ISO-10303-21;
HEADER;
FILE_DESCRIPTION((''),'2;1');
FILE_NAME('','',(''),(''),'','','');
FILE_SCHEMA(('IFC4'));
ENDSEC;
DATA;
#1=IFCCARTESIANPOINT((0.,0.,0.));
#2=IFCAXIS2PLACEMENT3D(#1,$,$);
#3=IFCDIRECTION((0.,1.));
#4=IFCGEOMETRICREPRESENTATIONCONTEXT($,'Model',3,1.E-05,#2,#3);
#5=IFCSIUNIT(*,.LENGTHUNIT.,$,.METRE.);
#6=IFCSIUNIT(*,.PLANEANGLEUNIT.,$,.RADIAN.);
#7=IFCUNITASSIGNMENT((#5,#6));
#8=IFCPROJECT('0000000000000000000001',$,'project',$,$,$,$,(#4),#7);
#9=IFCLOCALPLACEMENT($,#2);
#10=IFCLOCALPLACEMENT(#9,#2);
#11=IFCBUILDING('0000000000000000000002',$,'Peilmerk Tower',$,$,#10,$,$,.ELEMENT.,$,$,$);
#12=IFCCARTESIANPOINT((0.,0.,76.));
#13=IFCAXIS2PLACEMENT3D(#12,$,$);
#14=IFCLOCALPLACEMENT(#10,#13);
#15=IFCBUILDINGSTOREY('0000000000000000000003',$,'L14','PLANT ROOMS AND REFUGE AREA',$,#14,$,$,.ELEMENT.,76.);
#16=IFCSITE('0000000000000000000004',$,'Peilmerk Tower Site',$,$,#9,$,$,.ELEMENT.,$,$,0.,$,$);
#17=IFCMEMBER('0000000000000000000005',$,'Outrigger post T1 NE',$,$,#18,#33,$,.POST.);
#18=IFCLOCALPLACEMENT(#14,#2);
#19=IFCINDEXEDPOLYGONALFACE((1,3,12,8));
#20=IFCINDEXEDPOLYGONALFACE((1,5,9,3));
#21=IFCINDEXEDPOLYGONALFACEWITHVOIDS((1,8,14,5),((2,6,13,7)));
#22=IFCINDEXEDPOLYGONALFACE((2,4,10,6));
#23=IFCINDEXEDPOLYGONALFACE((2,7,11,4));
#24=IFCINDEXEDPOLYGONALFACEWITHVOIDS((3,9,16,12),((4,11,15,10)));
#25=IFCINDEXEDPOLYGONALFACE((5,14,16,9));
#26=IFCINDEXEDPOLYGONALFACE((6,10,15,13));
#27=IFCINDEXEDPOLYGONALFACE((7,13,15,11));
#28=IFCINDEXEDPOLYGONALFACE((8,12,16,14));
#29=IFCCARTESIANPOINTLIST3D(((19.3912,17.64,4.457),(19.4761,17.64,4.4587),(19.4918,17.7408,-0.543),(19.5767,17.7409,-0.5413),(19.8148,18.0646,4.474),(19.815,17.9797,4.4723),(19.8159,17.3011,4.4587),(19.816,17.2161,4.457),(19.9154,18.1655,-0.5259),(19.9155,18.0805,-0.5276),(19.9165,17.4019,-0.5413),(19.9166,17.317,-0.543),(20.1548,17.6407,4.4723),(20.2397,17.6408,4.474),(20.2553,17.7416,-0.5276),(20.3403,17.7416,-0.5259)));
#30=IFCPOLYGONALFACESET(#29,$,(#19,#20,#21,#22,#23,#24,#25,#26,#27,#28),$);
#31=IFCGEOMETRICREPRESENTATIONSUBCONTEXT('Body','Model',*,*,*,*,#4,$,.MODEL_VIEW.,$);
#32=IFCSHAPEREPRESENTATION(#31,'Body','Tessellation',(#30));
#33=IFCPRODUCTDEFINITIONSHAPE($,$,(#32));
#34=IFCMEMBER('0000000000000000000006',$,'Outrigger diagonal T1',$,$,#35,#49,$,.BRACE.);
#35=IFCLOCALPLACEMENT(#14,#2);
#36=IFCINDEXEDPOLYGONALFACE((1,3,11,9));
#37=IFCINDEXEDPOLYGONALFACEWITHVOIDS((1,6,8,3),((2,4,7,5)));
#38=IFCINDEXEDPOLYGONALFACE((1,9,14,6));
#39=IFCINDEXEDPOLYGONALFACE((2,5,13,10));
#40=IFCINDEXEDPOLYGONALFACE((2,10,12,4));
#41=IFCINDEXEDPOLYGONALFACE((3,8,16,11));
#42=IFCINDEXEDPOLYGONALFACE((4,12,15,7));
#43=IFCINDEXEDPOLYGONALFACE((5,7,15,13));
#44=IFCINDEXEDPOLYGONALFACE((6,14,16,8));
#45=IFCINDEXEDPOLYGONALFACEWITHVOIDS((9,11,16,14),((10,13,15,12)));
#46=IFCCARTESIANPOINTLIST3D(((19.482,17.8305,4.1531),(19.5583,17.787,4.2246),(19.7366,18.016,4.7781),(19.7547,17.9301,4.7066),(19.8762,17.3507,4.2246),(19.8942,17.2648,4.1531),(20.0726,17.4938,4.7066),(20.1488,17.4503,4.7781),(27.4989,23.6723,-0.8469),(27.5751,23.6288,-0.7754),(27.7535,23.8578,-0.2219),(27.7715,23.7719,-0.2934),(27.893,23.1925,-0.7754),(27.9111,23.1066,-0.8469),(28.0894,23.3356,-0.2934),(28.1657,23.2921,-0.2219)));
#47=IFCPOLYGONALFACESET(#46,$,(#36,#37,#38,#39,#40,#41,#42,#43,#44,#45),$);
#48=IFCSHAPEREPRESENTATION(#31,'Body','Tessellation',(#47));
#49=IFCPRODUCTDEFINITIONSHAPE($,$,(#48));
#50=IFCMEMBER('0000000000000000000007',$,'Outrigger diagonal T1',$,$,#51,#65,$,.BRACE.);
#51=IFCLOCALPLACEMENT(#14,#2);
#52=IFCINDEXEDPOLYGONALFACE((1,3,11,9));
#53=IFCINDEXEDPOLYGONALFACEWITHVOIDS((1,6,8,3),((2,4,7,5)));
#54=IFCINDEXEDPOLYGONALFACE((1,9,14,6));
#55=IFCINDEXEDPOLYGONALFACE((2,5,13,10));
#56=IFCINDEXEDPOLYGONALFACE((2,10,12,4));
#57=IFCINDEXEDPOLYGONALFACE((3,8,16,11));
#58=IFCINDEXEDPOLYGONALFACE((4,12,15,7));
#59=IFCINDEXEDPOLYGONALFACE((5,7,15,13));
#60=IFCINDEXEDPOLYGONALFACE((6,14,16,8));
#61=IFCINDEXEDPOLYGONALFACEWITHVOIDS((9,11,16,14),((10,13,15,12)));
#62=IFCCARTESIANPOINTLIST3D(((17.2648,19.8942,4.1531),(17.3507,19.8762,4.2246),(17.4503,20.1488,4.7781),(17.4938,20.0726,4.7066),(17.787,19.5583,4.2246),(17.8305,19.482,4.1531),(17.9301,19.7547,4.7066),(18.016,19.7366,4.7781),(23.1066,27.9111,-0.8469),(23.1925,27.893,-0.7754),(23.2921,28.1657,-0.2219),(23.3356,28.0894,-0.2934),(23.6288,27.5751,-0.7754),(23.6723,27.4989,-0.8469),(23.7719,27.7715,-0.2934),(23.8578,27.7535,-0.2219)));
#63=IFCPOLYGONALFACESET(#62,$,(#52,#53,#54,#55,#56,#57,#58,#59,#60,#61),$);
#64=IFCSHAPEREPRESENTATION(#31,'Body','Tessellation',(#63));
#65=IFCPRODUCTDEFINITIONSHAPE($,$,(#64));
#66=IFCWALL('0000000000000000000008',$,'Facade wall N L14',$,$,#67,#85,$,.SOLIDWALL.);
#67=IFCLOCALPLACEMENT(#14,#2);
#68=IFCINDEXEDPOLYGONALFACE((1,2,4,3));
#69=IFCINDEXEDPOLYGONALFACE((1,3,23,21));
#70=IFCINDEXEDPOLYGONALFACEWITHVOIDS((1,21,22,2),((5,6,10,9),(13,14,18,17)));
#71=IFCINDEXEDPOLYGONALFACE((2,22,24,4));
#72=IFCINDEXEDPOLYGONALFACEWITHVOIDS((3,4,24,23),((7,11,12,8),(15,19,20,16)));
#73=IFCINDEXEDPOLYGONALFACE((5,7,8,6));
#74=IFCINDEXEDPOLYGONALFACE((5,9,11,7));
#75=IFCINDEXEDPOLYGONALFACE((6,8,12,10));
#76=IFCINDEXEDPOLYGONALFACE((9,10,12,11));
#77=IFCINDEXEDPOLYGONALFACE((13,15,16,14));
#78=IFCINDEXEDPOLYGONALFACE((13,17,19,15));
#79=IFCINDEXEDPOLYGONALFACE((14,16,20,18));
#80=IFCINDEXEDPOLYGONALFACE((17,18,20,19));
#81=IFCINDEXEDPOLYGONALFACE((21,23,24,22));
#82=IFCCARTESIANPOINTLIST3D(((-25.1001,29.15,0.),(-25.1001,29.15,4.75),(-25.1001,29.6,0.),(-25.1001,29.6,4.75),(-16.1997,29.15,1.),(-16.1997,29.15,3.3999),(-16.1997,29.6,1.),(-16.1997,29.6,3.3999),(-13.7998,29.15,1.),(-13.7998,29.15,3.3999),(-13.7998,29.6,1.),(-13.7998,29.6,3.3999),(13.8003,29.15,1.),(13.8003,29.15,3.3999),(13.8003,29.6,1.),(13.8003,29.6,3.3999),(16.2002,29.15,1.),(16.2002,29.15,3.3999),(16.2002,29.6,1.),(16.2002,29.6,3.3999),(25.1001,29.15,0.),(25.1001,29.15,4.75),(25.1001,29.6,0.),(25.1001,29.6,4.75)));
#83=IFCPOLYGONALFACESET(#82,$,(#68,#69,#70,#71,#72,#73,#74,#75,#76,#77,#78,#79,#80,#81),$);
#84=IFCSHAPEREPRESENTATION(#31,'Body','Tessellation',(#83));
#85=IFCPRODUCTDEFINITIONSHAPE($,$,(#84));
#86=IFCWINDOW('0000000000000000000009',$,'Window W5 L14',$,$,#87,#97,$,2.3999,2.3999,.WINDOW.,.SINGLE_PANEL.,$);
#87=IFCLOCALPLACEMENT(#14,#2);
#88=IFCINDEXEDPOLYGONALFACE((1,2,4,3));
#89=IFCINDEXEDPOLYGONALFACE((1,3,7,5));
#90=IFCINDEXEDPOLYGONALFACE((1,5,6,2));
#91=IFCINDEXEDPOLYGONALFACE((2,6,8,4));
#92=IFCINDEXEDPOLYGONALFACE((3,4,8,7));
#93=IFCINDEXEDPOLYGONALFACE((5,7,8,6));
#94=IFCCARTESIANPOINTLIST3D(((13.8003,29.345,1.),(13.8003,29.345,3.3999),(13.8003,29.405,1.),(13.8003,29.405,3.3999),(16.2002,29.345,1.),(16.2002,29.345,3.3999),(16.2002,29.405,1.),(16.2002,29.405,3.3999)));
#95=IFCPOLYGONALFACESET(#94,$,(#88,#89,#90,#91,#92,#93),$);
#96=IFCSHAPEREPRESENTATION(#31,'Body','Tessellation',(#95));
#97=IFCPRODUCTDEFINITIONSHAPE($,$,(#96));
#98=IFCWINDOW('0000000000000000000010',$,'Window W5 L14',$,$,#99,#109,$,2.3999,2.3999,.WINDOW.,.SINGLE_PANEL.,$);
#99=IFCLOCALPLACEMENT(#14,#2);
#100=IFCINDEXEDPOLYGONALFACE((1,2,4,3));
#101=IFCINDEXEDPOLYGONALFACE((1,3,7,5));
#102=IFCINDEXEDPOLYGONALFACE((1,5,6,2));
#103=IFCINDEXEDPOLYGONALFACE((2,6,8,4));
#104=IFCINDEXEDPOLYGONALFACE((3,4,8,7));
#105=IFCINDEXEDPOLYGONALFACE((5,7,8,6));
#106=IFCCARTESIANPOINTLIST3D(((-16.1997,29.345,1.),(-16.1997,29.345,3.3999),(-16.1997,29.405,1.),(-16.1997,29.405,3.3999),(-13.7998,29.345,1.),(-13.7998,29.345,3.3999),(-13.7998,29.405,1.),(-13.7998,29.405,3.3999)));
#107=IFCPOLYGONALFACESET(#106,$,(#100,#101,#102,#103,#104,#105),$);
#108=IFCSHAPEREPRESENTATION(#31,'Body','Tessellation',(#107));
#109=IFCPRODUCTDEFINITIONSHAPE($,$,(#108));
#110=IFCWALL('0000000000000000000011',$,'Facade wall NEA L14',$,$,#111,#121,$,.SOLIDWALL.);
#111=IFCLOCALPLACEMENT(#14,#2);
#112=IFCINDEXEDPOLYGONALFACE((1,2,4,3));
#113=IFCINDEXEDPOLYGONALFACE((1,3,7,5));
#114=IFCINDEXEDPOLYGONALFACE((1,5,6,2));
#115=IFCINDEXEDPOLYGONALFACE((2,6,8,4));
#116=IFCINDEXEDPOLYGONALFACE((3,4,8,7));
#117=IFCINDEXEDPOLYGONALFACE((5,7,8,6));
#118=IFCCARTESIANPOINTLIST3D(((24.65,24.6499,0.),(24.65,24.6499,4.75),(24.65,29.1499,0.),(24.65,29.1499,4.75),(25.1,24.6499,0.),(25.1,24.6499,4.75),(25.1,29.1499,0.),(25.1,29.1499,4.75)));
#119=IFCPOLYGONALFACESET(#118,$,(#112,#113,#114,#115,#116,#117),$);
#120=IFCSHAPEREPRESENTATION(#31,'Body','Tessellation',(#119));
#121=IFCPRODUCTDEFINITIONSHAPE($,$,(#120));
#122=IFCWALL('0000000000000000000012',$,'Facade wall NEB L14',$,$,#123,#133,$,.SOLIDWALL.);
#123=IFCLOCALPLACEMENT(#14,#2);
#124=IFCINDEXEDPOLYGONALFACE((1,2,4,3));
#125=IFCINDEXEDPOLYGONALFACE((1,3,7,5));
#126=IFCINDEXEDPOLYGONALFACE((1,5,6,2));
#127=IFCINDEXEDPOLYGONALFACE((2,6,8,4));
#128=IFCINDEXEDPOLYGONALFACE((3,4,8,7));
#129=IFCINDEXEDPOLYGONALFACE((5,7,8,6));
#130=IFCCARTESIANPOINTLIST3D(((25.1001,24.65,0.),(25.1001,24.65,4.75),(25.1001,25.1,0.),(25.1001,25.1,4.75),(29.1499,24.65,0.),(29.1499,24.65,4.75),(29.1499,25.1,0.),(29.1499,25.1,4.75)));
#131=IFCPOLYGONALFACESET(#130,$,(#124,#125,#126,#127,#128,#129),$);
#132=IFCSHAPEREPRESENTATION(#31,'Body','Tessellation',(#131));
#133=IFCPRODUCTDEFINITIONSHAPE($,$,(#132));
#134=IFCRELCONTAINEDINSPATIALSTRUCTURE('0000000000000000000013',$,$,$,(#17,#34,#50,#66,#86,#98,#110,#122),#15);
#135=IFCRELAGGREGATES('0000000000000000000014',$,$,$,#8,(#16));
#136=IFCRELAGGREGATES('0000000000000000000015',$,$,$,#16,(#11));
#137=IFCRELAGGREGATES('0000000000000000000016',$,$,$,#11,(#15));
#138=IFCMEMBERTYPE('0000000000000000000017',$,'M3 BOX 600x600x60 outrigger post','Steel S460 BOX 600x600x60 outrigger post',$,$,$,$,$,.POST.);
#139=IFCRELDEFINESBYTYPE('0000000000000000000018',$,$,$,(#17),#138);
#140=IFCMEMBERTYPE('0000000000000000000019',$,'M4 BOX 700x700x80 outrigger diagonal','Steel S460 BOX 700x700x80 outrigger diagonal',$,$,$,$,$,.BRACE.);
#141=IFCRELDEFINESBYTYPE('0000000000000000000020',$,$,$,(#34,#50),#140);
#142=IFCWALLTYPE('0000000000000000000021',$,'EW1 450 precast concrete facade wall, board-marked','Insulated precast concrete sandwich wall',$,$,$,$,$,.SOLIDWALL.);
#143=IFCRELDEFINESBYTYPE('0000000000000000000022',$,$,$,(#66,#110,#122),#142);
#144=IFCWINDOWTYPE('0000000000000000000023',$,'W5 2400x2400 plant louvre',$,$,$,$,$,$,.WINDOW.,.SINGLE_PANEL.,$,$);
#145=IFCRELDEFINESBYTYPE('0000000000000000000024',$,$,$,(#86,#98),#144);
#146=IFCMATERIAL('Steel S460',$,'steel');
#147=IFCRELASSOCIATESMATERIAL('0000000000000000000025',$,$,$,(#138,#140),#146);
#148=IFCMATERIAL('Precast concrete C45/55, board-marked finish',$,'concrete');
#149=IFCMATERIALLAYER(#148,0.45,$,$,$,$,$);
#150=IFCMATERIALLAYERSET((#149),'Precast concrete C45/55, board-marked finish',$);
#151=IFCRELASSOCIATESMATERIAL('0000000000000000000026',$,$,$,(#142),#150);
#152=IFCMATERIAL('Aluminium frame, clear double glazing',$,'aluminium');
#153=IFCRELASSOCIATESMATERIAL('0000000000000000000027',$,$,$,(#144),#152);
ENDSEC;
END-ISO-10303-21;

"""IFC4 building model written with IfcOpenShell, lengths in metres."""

from ifc_helpers import new_model, si_unit, direction, frame, frame_2d, origin, origin_2d, place, context, subcontext, project, spatial, rectangle, hollow_rectangle, extrude, material, layer, layer_set, material_profile, profile_set, type_object, element, fill, save


model = new_model("IFC4")

# Units and contexts
model_context = context("Model", 3, precision=1e-05, world=origin(), true_north=direction((0.0, 1.0)))
body_context = subcontext(model_context, "Body", "Model", "MODEL_VIEW")
ifc_project = project(units=[si_unit("LENGTHUNIT", "METRE"), si_unit("PLANEANGLEUNIT", "RADIAN")], contexts=[model_context])

# Site, building, storey
site_placement = place(None, origin())
site = spatial("IfcSite", under=ifc_project, at=site_placement, Name="Peilmerk Tower Site", CompositionType="ELEMENT", RefElevation=0.0)
building_placement = place(site_placement, origin())
building = spatial("IfcBuilding", under=site, at=building_placement, Name="Peilmerk Tower", CompositionType="ELEMENT")
storey_placement = place(building_placement, frame((0.0, 0.0, 76.0)))
storey = spatial("IfcBuildingStorey", under=building, at=storey_placement, Name="L14", Description="PLANT ROOMS AND REFUGE AREA", CompositionType="ELEMENT", Elevation=76.0)

# Shared definitions
ifc_material_1 = material(Name="Steel S460", Category="steel")

# Members
ifc_material_profile_1 = material_profile(ifc_material_1, hollow_rectangle(XDim=0.6001, YDim=0.6001, WallThickness=0.0601, at=origin_2d()), Name="BOX 600x600x60")
ifc_profile_set_1 = profile_set([ifc_material_profile_1], Name="Steel S460")
member_type_1 = type_object("IfcMemberType", Name="M3 BOX 600x600x60 outrigger post", Description="Steel S460 BOX 600x600x60 outrigger post", PredefinedType="POST", material=ifc_profile_set_1)
member_1_placement = place(storey_placement, frame((19.916, 17.7412, -0.5344), z_axis=(-0.020109, -0.020158, 0.999595), x_axis=(0.707963, -0.706249, 0.0)))
element("IfcMember", 1, at=member_1_placement, inside=storey, type_object=member_type_1, Name="Outrigger post T1 NE", PredefinedType="POST", context=body_context, shape_type="SweptSolid", body=[
    extrude(hollow_rectangle(XDim=0.6001, YDim=0.6001, WallThickness=0.0601, at=origin_2d()), origin(), (0.0, 0.0, 1.0), 5.002),
])
ifc_material_profile_2 = material_profile(ifc_material_1, hollow_rectangle(XDim=0.7, YDim=0.7, WallThickness=0.0801, at=origin_2d()), Name="BOX 700x700x80")
ifc_profile_set_2 = profile_set([ifc_material_profile_2], Name="Steel S460")
member_type_2 = type_object("IfcMemberType", Name="M4 BOX 700x700x80 outrigger diagonal", Description="Steel S460 BOX 700x700x80 outrigger diagonal", PredefinedType="BRACE", material=ifc_profile_set_2)
for number, where, z_axis, x_axis, name in (
    (2, (27.8323, 23.4822, -0.5344), (-0.721693, -0.52589, 0.45011), (0.588921, -0.808191, 0.0), "Outrigger diagonal T1"),
    (3, (23.4822, 27.8323, -0.5344), (-0.52589, -0.721693, 0.45011), (0.808191, -0.588921, 0.0), "Outrigger diagonal T1"),
):
    element("IfcMember", number, at=place(storey_placement, frame(where, z_axis=z_axis, x_axis=x_axis)), inside=storey, type_object=member_type_2, Name=name, PredefinedType="BRACE", context=body_context, shape_type="SweptSolid", body=[
        extrude(hollow_rectangle(XDim=0.7, YDim=0.7, WallThickness=0.0801, at=origin_2d()), origin(), (0.0, 0.0, 1.0), 11.1084),
    ])

# Wall, openings, windows
ifc_material_2 = material(Name="Precast concrete C45/55, board-marked finish", Category="concrete")
ifc_layer = layer(ifc_material_2, 0.45)
ifc_layer_set = layer_set([ifc_layer], Name="Precast concrete C45/55, board-marked finish")
wall_type = type_object("IfcWallType", Name="EW1 450 precast concrete facade wall, board-marked", Description="Insulated precast concrete sandwich wall", PredefinedType="SOLIDWALL", material=ifc_layer_set)
wall_1_placement = place(storey_placement, frame((25.1001, 29.375, 0.0), z_axis=(0.0, 0.0, 1.0), x_axis=(-1.0, 0.0, 0.0)))
wall_1 = element("IfcWall", 4, at=wall_1_placement, inside=storey, type_object=wall_type, Name="Facade wall N L14", PredefinedType="SOLIDWALL", context=body_context, shape_type="SweptSolid", body=[
    extrude(rectangle(XDim=50.2002, YDim=0.45, at=frame_2d((25.1001, 0.0))), origin(), (0.0, 0.0, 1.0), 4.75),
])
opening_1_placement = place(wall_1_placement, frame((8.8999, 0.0, 1.0)))
opening_1 = element("IfcOpeningElement", 5, at=opening_1_placement, cuts=wall_1, PredefinedType="OPENING", context=body_context, shape_type="SweptSolid", body=[
    extrude(rectangle(XDim=2.3999, YDim=2.3999, at=frame_2d((1.2, 1.2))), frame((0.0, 0.2349, 0.0), z_axis=(0.0, -1.0, 0.0), x_axis=(1.0, 0.0, 0.0)), (0.0, 0.0, 1.0), 0.47),
])
opening_2_placement = place(wall_1_placement, frame((38.8999, 0.0, 1.0)))
opening_2 = element("IfcOpeningElement", 6, at=opening_2_placement, cuts=wall_1, PredefinedType="OPENING", context=body_context, shape_type="SweptSolid", body=[
    extrude(rectangle(XDim=2.3999, YDim=2.3999, at=frame_2d((1.2, 1.2))), frame((0.0, 0.2349, 0.0), z_axis=(0.0, -1.0, 0.0), x_axis=(1.0, 0.0, 0.0)), (0.0, 0.0, 1.0), 0.47),
])
ifc_material_3 = material(Name="Aluminium frame, clear double glazing", Category="aluminium")
window_type = type_object("IfcWindowType", Name="W5 2400x2400 plant louvre", PartitioningType="SINGLE_PANEL", PredefinedType="WINDOW", material=ifc_material_3)
window_1_placement = place(opening_1_placement, origin())
window_1 = element("IfcWindow", 7, at=window_1_placement, inside=storey, type_object=window_type, Name="Window W5 L14", OverallHeight=2.3999, OverallWidth=2.3999, PartitioningType="SINGLE_PANEL", PredefinedType="WINDOW", context=body_context, shape_type="SweptSolid", body=[
    extrude(rectangle(XDim=2.3999, YDim=2.3999, at=frame_2d((1.2, 1.2))), frame((0.0, 0.03, 0.0), z_axis=(0.0, -1.0, 0.0), x_axis=(1.0, 0.0, 0.0)), (0.0, 0.0, 1.0), 0.0601),
])
fill(opening_1, window_1)
window_2_placement = place(opening_2_placement, origin())
window_2 = element("IfcWindow", 8, at=window_2_placement, inside=storey, type_object=window_type, Name="Window W5 L14", OverallHeight=2.3999, OverallWidth=2.3999, PartitioningType="SINGLE_PANEL", PredefinedType="WINDOW", context=body_context, shape_type="SweptSolid", body=[
    extrude(rectangle(XDim=2.3999, YDim=2.3999, at=frame_2d((1.2, 1.2))), frame((0.0, 0.03, 0.0), z_axis=(0.0, -1.0, 0.0), x_axis=(1.0, 0.0, 0.0)), (0.0, 0.0, 1.0), 0.0601),
])
fill(opening_2, window_2)

# Walls
wall_2_placement = place(storey_placement, frame((24.875, 24.6499, 0.0), z_axis=(0.0, 0.0, 1.0), x_axis=(0.0, 1.0, 0.0)))
element("IfcWall", 9, at=wall_2_placement, inside=storey, type_object=wall_type, Name="Facade wall NEA L14", PredefinedType="SOLIDWALL", context=body_context, shape_type="SweptSolid", body=[
    extrude(rectangle(XDim=4.5, YDim=0.45, at=frame_2d((2.25, 0.0))), origin(), (0.0, 0.0, 1.0), 4.75),
])
wall_3_placement = place(storey_placement, frame((25.1001, 24.875, 0.0), z_axis=(0.0, 0.0, 1.0), x_axis=(1.0, 0.0, 0.0)))
element("IfcWall", 10, at=wall_3_placement, inside=storey, type_object=wall_type, Name="Facade wall NEB L14", PredefinedType="SOLIDWALL", context=body_context, shape_type="SweptSolid", body=[
    extrude(rectangle(XDim=4.0498, YDim=0.45, at=frame_2d((2.0249, 0.0))), origin(), (0.0, 0.0, 1.0), 4.75),
])

save(model, "model.ifc")
